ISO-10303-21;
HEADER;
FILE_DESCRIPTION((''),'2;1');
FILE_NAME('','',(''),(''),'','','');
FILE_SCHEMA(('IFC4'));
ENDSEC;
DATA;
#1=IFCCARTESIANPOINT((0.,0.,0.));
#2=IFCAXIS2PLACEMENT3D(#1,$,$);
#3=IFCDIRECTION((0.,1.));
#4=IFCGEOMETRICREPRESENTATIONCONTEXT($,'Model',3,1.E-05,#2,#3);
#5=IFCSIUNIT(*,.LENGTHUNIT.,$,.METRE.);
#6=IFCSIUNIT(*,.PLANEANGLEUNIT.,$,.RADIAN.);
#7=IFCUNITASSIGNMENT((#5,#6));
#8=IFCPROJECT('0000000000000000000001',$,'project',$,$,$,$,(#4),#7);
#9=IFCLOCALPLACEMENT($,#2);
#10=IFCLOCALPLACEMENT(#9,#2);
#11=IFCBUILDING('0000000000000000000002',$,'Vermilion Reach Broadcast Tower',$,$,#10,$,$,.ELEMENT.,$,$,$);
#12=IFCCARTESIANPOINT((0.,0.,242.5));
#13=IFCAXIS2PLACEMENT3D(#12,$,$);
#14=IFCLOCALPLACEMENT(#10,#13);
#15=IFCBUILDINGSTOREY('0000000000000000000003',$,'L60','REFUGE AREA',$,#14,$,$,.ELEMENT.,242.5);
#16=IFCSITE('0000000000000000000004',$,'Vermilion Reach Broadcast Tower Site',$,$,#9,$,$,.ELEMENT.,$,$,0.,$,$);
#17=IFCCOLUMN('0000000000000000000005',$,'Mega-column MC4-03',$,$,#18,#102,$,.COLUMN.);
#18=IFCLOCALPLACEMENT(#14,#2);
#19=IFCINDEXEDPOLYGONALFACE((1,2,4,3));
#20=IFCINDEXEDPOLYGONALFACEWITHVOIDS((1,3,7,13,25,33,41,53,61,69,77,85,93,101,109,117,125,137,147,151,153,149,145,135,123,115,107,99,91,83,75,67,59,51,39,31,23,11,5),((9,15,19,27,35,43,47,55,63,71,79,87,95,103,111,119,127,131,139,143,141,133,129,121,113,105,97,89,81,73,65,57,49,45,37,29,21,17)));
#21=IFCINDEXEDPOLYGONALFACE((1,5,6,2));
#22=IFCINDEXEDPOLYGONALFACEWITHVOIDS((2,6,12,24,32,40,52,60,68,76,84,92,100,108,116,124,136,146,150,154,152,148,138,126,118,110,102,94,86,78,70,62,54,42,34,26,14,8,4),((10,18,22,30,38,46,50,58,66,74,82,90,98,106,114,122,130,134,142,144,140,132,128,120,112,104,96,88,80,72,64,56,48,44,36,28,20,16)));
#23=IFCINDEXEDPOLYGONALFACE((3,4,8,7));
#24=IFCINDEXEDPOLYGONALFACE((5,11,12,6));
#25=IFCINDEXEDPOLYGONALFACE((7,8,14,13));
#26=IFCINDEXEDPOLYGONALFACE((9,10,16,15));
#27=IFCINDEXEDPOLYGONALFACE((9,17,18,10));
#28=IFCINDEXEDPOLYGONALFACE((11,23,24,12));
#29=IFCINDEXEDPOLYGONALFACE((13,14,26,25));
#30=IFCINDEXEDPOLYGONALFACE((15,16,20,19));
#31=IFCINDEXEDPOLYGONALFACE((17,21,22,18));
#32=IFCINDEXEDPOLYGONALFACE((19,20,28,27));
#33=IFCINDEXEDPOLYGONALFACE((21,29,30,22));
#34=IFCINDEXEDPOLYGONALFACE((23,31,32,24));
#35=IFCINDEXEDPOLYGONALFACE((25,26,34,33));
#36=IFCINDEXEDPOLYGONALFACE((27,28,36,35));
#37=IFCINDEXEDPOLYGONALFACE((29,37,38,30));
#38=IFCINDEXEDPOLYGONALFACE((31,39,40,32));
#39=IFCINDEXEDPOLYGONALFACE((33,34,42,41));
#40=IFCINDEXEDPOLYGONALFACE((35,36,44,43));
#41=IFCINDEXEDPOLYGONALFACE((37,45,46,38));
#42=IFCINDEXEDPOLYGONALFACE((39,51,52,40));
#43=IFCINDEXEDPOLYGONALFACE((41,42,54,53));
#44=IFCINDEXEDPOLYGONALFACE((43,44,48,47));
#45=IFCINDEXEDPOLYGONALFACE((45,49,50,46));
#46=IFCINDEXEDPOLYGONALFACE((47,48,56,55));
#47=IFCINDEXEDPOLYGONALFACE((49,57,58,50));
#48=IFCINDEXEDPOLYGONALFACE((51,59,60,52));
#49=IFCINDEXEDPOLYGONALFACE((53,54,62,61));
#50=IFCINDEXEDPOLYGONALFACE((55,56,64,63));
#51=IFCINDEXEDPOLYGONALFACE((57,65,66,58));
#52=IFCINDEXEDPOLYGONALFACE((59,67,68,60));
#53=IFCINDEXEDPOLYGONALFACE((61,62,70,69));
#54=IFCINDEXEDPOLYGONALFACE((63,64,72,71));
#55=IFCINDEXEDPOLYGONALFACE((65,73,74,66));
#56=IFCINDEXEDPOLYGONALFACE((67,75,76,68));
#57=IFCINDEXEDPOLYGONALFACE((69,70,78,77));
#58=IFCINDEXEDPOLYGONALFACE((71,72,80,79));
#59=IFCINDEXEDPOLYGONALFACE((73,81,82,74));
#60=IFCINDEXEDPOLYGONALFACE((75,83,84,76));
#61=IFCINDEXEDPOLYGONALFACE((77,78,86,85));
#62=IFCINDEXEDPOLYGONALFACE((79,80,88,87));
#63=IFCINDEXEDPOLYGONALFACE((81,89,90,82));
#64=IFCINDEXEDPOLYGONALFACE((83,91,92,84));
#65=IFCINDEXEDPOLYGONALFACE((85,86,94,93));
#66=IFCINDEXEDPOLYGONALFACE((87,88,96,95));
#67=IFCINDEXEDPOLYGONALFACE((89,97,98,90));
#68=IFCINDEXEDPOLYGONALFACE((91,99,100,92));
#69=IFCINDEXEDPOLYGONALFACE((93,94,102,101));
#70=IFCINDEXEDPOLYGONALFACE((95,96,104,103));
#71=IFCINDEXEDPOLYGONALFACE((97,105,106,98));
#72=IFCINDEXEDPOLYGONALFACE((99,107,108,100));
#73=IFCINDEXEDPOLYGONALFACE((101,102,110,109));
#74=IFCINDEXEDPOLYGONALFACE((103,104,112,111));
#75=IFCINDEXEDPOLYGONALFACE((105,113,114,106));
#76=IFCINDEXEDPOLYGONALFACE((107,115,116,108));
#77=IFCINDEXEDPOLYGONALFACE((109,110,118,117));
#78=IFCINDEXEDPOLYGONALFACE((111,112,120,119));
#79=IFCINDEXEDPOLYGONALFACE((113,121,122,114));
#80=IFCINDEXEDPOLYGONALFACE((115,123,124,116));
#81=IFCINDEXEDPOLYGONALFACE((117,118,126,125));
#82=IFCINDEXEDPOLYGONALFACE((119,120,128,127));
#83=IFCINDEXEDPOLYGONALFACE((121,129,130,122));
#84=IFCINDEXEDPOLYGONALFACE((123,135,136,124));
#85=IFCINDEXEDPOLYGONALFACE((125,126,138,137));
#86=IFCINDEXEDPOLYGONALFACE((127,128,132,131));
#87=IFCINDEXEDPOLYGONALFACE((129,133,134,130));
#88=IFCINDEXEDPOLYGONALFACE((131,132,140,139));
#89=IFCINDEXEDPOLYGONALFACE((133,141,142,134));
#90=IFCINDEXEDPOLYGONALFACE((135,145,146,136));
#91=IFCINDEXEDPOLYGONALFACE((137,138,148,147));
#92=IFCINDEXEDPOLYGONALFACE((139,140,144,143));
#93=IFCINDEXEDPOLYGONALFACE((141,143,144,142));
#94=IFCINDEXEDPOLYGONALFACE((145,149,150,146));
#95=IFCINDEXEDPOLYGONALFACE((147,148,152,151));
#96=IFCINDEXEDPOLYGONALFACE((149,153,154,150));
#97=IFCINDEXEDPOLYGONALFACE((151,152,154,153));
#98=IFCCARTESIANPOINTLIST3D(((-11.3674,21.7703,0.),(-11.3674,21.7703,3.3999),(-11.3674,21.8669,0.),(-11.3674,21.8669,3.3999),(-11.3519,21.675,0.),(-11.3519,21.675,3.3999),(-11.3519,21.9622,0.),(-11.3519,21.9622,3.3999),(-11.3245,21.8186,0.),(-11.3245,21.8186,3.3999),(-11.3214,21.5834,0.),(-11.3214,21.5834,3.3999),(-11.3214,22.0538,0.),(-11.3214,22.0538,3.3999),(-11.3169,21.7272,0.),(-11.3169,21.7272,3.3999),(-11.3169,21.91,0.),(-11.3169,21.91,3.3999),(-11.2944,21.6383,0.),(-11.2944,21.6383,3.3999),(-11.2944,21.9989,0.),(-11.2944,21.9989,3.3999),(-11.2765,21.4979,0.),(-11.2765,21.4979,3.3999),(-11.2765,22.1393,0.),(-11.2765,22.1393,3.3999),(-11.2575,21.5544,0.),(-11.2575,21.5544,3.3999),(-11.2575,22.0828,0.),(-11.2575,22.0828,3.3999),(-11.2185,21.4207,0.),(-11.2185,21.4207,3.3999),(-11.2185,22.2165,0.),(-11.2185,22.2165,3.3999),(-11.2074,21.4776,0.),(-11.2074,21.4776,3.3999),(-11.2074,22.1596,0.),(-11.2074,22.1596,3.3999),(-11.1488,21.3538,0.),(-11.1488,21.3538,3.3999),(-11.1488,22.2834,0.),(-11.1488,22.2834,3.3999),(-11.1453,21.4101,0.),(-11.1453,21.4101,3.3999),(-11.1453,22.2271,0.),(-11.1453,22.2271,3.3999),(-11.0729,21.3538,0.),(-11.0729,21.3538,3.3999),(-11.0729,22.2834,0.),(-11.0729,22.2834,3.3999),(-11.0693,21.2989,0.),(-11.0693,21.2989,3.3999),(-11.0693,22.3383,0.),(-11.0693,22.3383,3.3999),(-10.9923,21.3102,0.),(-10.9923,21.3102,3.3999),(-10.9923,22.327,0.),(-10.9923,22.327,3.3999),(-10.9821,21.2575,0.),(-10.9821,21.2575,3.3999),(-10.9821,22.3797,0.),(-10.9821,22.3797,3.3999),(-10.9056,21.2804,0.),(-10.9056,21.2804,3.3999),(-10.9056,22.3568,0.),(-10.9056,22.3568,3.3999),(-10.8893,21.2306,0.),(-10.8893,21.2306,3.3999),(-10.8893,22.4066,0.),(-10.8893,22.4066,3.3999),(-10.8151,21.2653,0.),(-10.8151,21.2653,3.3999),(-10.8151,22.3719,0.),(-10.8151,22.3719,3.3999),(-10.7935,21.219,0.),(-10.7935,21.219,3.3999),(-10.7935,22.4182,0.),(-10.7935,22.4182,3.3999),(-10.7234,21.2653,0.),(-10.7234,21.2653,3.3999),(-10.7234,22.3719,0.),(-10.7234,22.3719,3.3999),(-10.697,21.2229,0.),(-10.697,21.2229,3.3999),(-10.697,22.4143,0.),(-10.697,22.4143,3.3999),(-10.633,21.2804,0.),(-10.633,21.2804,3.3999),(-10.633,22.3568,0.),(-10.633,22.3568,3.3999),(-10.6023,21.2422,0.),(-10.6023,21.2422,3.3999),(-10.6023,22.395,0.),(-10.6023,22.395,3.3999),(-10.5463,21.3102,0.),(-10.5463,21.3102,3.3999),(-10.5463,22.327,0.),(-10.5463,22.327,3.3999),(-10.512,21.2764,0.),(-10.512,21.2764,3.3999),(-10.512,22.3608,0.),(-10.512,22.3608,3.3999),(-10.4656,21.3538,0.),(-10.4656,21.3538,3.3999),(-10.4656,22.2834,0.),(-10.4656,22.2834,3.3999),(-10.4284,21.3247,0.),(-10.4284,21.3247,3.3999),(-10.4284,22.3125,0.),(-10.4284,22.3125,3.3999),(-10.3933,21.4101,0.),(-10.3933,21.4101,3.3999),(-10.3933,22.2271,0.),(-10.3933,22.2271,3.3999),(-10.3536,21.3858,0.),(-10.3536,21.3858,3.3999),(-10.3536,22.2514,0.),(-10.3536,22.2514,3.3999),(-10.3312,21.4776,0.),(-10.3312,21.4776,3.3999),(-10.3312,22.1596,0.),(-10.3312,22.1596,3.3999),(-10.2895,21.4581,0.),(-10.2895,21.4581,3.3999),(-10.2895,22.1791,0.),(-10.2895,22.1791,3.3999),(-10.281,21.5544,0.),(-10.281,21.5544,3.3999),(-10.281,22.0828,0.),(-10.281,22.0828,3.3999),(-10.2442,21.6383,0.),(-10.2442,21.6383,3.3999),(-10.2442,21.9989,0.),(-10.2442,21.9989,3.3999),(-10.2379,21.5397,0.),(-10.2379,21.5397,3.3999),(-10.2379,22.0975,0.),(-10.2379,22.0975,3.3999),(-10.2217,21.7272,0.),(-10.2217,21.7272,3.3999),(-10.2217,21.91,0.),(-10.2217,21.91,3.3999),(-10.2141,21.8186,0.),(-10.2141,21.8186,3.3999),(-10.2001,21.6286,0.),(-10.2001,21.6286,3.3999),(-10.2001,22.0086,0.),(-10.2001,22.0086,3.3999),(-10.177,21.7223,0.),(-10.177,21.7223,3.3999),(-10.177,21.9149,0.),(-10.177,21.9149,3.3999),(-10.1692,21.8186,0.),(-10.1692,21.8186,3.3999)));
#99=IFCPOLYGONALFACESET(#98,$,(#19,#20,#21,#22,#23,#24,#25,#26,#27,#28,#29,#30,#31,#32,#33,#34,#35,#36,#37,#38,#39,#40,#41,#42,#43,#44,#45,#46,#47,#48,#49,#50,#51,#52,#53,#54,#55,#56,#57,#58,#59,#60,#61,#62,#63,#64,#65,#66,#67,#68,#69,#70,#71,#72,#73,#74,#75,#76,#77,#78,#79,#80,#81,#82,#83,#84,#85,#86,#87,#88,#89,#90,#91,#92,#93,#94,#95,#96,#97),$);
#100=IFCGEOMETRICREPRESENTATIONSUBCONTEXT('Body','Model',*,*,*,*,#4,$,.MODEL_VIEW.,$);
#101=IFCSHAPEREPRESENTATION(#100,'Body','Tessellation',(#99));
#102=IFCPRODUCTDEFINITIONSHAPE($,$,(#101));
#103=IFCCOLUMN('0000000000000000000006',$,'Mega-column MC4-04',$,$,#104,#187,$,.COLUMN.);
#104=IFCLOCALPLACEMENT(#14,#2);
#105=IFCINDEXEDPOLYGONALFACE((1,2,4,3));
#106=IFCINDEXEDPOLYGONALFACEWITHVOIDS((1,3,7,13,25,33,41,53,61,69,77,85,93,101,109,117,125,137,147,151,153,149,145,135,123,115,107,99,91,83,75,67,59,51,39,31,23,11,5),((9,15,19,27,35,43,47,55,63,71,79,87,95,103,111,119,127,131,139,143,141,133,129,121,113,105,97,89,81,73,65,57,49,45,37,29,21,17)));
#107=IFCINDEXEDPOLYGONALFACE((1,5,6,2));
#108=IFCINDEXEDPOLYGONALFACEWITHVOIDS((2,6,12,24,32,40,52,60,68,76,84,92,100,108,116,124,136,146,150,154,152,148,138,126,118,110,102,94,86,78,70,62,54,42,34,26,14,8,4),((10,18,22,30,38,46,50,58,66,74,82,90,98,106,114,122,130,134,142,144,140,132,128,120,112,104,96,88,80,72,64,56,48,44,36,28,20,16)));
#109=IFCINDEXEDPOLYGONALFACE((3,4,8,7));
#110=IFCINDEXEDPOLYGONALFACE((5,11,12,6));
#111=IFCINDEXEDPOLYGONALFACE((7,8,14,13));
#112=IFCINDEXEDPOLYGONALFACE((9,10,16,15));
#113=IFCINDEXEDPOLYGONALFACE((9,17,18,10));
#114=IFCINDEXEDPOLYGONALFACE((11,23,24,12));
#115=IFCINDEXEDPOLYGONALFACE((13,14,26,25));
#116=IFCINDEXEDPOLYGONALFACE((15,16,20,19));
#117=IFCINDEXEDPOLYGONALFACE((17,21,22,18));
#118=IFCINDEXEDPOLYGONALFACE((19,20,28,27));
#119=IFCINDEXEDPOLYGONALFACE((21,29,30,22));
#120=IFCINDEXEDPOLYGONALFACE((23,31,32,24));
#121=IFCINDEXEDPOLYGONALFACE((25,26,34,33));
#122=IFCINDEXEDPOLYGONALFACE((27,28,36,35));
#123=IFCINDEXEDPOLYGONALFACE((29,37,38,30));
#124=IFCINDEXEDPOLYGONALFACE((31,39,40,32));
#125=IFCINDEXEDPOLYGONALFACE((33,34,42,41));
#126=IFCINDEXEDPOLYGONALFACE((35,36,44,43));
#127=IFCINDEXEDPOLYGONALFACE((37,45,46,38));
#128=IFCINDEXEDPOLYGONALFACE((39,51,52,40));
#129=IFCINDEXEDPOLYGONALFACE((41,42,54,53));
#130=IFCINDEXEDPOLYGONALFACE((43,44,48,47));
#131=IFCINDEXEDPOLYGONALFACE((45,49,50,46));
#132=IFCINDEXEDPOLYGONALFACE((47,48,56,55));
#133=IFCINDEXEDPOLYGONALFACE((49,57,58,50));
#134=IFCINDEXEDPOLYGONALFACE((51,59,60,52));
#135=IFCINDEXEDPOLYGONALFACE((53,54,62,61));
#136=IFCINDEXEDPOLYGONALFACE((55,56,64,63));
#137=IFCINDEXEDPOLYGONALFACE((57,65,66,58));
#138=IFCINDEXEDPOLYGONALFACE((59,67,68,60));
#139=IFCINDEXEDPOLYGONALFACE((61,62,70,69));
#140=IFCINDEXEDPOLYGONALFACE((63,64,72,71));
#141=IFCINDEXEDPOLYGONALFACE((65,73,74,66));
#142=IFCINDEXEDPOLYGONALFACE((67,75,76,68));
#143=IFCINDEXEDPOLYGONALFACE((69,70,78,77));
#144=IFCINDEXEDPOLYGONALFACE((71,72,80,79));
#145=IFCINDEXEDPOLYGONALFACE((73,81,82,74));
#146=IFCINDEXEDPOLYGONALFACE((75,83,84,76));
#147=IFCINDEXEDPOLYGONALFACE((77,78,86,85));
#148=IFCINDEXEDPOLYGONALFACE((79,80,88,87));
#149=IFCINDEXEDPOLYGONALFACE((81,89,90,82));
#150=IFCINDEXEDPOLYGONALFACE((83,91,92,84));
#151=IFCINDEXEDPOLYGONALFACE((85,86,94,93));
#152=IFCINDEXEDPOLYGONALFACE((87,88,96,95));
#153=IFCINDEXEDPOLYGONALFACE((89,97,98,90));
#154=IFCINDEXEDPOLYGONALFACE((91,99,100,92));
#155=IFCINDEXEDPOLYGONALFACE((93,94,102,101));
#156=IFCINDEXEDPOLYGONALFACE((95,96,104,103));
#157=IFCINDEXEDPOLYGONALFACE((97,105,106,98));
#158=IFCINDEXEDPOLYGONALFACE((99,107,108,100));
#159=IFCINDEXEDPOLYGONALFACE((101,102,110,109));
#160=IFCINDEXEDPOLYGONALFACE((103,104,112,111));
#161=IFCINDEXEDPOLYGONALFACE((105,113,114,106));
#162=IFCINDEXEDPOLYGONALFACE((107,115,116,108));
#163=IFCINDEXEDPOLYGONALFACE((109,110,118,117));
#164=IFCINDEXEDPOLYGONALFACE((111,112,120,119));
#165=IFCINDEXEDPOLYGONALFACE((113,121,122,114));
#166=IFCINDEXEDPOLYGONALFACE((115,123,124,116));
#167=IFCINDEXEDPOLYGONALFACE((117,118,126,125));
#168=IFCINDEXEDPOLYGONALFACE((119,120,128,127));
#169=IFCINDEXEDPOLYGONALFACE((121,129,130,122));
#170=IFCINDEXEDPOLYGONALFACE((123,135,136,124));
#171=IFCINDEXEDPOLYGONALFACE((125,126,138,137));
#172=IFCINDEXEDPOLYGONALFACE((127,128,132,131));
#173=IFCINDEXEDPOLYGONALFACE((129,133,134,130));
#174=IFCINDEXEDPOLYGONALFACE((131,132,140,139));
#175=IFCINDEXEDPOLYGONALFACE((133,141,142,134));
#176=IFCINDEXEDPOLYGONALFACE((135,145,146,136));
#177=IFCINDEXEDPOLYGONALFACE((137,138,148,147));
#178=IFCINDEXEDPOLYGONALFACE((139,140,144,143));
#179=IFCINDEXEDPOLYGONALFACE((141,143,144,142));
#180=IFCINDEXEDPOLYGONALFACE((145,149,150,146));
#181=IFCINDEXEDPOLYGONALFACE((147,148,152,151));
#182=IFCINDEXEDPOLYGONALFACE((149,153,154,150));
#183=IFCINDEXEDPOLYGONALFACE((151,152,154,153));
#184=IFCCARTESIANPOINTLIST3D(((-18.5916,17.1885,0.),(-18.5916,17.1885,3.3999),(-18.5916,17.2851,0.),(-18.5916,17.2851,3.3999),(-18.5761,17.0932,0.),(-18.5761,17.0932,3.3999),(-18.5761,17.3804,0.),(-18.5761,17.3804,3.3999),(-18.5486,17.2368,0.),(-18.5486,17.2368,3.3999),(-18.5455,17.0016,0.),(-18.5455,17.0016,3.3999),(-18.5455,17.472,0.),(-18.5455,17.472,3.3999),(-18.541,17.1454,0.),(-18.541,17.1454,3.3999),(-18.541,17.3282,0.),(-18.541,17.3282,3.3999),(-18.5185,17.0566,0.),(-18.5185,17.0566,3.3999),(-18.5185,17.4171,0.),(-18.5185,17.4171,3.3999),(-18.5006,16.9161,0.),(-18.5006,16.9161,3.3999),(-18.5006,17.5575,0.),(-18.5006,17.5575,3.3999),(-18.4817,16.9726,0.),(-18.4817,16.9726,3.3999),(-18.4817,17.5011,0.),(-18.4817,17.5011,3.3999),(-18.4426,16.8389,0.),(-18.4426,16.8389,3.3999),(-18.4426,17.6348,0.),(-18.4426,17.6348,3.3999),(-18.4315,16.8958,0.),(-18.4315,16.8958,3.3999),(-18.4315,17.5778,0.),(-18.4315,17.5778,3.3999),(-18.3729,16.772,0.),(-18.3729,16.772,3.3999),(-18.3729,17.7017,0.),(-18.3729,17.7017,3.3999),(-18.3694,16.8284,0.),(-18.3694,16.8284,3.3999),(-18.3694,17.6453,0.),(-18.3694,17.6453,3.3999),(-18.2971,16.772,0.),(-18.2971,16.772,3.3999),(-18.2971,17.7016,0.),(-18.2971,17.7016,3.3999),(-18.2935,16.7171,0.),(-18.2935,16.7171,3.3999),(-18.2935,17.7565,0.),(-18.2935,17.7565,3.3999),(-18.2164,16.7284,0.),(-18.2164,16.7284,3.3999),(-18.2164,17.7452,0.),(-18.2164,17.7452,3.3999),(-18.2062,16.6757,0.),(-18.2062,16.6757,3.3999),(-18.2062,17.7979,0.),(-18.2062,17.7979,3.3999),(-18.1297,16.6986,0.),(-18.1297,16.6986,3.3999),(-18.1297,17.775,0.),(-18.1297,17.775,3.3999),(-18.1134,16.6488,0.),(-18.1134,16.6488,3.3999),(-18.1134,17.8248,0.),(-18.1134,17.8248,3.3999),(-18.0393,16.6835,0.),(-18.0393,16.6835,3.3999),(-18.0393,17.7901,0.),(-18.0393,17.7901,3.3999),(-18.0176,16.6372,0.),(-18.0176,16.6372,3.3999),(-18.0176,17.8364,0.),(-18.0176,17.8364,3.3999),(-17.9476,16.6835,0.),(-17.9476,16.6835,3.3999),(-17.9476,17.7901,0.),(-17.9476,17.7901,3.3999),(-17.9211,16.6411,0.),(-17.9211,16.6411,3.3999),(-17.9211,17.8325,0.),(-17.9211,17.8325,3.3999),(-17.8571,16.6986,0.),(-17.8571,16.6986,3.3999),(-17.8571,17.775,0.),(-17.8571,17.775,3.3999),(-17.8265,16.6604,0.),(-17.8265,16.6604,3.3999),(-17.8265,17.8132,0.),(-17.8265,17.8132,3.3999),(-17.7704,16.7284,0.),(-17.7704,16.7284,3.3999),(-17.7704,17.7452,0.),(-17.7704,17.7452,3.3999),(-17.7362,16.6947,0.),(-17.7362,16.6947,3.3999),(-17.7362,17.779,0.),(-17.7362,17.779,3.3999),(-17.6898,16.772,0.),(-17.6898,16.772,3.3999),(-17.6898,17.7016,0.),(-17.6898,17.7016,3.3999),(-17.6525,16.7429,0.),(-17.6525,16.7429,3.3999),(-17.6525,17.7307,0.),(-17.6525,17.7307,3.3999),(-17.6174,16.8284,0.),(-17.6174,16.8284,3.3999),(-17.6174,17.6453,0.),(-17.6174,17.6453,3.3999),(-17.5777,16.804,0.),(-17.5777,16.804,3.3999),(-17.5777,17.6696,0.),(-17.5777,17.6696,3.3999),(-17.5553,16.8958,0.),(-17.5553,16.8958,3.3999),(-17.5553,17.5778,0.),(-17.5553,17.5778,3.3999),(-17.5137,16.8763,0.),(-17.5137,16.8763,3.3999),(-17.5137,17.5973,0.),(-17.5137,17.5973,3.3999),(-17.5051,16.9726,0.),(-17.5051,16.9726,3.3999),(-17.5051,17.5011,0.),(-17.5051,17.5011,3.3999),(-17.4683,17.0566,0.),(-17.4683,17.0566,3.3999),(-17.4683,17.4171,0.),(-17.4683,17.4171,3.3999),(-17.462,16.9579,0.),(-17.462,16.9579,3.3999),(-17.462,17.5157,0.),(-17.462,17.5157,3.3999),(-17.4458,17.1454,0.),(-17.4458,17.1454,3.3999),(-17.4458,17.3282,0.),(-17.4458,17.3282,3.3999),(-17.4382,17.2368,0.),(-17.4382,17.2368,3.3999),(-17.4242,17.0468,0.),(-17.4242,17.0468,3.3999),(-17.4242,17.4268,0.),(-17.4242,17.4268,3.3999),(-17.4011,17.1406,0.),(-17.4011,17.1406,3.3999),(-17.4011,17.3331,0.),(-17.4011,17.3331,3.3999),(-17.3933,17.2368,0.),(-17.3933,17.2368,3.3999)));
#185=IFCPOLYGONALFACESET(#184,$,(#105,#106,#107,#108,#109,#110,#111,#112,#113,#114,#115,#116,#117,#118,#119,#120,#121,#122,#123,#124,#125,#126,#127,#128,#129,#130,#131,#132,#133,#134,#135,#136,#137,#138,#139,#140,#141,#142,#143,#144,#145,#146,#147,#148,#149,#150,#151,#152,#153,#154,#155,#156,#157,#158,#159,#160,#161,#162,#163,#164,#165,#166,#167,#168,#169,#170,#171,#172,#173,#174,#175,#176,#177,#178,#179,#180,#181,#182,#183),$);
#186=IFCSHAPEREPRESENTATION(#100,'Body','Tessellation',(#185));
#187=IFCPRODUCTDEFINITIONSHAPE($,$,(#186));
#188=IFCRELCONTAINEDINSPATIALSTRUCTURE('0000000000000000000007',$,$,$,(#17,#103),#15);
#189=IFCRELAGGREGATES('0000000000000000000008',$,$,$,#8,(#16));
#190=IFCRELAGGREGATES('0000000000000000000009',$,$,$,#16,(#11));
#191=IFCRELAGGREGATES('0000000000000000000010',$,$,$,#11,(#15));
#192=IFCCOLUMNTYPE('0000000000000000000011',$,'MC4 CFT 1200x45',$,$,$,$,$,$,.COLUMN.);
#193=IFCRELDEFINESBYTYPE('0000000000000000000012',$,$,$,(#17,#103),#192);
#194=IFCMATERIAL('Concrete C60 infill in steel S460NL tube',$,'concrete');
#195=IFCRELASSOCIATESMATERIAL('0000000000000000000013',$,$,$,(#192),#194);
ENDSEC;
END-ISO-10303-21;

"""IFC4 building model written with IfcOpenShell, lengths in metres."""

from ifc_helpers import new_model, si_unit, direction, frame, origin, origin_2d, place, context, subcontext, project, spatial, hollow_circle, extrude, material, material_profile, profile_set, type_object, element, save


model = new_model("IFC4")

# Units and contexts
model_context = context("Model", 3, precision=1e-05, world=origin(), true_north=direction((0.0, 1.0)))
body_context = subcontext(model_context, "Body", "Model", "MODEL_VIEW")
ifc_project = project(units=[si_unit("LENGTHUNIT", "METRE"), si_unit("PLANEANGLEUNIT", "RADIAN")], contexts=[model_context])

# Site, building, storey
site_placement = place(None, origin())
site = spatial("IfcSite", under=ifc_project, at=site_placement, Name="Vermilion Reach Broadcast Tower Site", CompositionType="ELEMENT", RefElevation=0.0)
building_placement = place(site_placement, origin())
building = spatial("IfcBuilding", under=site, at=building_placement, Name="Vermilion Reach Broadcast Tower", CompositionType="ELEMENT")
storey_placement = place(building_placement, frame((0.0, 0.0, 242.5)))
storey = spatial("IfcBuildingStorey", under=building, at=storey_placement, Name="L60", Description="REFUGE AREA", CompositionType="ELEMENT", Elevation=242.5)

# Columns
ifc_material_1 = material(Name="Concrete C60 infill in steel S460NL tube", Category="concrete")
ifc_material_profile_1 = material_profile(ifc_material_1, hollow_circle(Radius=0.6001, WallThickness=0.0449, at=origin_2d()), Name="Concrete C60 infill in steel S460NL tube CFT 1200x45")
ifc_profile_set_1 = profile_set([ifc_material_profile_1], Name="Concrete C60 infill in steel S460NL tube")
column_type = type_object("IfcColumnType", Name="MC4 CFT 1200x45", PredefinedType="COLUMN", material=ifc_profile_set_1)
for number, where, z_axis, x_axis, name in (
    (1, (-10.7693, 21.8186, 0.0), (0.0, 0.0, 1.0), (1.0, 0.0, 0.0), "Mega-column MC4-03"),
    (2, (-17.9934, 17.2368, 0.0), (0.0, 0.0, 1.0), (1.0, 0.0, 0.0), "Mega-column MC4-04"),
):
    element("IfcColumn", number, at=place(storey_placement, frame(where, z_axis=z_axis, x_axis=x_axis)), inside=storey, type_object=column_type, Name=name, PredefinedType="COLUMN", context=body_context, shape_type="SweptSolid", body=[
        extrude(hollow_circle(Radius=0.6001, WallThickness=0.0449, at=origin_2d()), origin(), (0.0, 0.0, 1.0), 3.3999),
    ])

save(model, "model.ifc")
